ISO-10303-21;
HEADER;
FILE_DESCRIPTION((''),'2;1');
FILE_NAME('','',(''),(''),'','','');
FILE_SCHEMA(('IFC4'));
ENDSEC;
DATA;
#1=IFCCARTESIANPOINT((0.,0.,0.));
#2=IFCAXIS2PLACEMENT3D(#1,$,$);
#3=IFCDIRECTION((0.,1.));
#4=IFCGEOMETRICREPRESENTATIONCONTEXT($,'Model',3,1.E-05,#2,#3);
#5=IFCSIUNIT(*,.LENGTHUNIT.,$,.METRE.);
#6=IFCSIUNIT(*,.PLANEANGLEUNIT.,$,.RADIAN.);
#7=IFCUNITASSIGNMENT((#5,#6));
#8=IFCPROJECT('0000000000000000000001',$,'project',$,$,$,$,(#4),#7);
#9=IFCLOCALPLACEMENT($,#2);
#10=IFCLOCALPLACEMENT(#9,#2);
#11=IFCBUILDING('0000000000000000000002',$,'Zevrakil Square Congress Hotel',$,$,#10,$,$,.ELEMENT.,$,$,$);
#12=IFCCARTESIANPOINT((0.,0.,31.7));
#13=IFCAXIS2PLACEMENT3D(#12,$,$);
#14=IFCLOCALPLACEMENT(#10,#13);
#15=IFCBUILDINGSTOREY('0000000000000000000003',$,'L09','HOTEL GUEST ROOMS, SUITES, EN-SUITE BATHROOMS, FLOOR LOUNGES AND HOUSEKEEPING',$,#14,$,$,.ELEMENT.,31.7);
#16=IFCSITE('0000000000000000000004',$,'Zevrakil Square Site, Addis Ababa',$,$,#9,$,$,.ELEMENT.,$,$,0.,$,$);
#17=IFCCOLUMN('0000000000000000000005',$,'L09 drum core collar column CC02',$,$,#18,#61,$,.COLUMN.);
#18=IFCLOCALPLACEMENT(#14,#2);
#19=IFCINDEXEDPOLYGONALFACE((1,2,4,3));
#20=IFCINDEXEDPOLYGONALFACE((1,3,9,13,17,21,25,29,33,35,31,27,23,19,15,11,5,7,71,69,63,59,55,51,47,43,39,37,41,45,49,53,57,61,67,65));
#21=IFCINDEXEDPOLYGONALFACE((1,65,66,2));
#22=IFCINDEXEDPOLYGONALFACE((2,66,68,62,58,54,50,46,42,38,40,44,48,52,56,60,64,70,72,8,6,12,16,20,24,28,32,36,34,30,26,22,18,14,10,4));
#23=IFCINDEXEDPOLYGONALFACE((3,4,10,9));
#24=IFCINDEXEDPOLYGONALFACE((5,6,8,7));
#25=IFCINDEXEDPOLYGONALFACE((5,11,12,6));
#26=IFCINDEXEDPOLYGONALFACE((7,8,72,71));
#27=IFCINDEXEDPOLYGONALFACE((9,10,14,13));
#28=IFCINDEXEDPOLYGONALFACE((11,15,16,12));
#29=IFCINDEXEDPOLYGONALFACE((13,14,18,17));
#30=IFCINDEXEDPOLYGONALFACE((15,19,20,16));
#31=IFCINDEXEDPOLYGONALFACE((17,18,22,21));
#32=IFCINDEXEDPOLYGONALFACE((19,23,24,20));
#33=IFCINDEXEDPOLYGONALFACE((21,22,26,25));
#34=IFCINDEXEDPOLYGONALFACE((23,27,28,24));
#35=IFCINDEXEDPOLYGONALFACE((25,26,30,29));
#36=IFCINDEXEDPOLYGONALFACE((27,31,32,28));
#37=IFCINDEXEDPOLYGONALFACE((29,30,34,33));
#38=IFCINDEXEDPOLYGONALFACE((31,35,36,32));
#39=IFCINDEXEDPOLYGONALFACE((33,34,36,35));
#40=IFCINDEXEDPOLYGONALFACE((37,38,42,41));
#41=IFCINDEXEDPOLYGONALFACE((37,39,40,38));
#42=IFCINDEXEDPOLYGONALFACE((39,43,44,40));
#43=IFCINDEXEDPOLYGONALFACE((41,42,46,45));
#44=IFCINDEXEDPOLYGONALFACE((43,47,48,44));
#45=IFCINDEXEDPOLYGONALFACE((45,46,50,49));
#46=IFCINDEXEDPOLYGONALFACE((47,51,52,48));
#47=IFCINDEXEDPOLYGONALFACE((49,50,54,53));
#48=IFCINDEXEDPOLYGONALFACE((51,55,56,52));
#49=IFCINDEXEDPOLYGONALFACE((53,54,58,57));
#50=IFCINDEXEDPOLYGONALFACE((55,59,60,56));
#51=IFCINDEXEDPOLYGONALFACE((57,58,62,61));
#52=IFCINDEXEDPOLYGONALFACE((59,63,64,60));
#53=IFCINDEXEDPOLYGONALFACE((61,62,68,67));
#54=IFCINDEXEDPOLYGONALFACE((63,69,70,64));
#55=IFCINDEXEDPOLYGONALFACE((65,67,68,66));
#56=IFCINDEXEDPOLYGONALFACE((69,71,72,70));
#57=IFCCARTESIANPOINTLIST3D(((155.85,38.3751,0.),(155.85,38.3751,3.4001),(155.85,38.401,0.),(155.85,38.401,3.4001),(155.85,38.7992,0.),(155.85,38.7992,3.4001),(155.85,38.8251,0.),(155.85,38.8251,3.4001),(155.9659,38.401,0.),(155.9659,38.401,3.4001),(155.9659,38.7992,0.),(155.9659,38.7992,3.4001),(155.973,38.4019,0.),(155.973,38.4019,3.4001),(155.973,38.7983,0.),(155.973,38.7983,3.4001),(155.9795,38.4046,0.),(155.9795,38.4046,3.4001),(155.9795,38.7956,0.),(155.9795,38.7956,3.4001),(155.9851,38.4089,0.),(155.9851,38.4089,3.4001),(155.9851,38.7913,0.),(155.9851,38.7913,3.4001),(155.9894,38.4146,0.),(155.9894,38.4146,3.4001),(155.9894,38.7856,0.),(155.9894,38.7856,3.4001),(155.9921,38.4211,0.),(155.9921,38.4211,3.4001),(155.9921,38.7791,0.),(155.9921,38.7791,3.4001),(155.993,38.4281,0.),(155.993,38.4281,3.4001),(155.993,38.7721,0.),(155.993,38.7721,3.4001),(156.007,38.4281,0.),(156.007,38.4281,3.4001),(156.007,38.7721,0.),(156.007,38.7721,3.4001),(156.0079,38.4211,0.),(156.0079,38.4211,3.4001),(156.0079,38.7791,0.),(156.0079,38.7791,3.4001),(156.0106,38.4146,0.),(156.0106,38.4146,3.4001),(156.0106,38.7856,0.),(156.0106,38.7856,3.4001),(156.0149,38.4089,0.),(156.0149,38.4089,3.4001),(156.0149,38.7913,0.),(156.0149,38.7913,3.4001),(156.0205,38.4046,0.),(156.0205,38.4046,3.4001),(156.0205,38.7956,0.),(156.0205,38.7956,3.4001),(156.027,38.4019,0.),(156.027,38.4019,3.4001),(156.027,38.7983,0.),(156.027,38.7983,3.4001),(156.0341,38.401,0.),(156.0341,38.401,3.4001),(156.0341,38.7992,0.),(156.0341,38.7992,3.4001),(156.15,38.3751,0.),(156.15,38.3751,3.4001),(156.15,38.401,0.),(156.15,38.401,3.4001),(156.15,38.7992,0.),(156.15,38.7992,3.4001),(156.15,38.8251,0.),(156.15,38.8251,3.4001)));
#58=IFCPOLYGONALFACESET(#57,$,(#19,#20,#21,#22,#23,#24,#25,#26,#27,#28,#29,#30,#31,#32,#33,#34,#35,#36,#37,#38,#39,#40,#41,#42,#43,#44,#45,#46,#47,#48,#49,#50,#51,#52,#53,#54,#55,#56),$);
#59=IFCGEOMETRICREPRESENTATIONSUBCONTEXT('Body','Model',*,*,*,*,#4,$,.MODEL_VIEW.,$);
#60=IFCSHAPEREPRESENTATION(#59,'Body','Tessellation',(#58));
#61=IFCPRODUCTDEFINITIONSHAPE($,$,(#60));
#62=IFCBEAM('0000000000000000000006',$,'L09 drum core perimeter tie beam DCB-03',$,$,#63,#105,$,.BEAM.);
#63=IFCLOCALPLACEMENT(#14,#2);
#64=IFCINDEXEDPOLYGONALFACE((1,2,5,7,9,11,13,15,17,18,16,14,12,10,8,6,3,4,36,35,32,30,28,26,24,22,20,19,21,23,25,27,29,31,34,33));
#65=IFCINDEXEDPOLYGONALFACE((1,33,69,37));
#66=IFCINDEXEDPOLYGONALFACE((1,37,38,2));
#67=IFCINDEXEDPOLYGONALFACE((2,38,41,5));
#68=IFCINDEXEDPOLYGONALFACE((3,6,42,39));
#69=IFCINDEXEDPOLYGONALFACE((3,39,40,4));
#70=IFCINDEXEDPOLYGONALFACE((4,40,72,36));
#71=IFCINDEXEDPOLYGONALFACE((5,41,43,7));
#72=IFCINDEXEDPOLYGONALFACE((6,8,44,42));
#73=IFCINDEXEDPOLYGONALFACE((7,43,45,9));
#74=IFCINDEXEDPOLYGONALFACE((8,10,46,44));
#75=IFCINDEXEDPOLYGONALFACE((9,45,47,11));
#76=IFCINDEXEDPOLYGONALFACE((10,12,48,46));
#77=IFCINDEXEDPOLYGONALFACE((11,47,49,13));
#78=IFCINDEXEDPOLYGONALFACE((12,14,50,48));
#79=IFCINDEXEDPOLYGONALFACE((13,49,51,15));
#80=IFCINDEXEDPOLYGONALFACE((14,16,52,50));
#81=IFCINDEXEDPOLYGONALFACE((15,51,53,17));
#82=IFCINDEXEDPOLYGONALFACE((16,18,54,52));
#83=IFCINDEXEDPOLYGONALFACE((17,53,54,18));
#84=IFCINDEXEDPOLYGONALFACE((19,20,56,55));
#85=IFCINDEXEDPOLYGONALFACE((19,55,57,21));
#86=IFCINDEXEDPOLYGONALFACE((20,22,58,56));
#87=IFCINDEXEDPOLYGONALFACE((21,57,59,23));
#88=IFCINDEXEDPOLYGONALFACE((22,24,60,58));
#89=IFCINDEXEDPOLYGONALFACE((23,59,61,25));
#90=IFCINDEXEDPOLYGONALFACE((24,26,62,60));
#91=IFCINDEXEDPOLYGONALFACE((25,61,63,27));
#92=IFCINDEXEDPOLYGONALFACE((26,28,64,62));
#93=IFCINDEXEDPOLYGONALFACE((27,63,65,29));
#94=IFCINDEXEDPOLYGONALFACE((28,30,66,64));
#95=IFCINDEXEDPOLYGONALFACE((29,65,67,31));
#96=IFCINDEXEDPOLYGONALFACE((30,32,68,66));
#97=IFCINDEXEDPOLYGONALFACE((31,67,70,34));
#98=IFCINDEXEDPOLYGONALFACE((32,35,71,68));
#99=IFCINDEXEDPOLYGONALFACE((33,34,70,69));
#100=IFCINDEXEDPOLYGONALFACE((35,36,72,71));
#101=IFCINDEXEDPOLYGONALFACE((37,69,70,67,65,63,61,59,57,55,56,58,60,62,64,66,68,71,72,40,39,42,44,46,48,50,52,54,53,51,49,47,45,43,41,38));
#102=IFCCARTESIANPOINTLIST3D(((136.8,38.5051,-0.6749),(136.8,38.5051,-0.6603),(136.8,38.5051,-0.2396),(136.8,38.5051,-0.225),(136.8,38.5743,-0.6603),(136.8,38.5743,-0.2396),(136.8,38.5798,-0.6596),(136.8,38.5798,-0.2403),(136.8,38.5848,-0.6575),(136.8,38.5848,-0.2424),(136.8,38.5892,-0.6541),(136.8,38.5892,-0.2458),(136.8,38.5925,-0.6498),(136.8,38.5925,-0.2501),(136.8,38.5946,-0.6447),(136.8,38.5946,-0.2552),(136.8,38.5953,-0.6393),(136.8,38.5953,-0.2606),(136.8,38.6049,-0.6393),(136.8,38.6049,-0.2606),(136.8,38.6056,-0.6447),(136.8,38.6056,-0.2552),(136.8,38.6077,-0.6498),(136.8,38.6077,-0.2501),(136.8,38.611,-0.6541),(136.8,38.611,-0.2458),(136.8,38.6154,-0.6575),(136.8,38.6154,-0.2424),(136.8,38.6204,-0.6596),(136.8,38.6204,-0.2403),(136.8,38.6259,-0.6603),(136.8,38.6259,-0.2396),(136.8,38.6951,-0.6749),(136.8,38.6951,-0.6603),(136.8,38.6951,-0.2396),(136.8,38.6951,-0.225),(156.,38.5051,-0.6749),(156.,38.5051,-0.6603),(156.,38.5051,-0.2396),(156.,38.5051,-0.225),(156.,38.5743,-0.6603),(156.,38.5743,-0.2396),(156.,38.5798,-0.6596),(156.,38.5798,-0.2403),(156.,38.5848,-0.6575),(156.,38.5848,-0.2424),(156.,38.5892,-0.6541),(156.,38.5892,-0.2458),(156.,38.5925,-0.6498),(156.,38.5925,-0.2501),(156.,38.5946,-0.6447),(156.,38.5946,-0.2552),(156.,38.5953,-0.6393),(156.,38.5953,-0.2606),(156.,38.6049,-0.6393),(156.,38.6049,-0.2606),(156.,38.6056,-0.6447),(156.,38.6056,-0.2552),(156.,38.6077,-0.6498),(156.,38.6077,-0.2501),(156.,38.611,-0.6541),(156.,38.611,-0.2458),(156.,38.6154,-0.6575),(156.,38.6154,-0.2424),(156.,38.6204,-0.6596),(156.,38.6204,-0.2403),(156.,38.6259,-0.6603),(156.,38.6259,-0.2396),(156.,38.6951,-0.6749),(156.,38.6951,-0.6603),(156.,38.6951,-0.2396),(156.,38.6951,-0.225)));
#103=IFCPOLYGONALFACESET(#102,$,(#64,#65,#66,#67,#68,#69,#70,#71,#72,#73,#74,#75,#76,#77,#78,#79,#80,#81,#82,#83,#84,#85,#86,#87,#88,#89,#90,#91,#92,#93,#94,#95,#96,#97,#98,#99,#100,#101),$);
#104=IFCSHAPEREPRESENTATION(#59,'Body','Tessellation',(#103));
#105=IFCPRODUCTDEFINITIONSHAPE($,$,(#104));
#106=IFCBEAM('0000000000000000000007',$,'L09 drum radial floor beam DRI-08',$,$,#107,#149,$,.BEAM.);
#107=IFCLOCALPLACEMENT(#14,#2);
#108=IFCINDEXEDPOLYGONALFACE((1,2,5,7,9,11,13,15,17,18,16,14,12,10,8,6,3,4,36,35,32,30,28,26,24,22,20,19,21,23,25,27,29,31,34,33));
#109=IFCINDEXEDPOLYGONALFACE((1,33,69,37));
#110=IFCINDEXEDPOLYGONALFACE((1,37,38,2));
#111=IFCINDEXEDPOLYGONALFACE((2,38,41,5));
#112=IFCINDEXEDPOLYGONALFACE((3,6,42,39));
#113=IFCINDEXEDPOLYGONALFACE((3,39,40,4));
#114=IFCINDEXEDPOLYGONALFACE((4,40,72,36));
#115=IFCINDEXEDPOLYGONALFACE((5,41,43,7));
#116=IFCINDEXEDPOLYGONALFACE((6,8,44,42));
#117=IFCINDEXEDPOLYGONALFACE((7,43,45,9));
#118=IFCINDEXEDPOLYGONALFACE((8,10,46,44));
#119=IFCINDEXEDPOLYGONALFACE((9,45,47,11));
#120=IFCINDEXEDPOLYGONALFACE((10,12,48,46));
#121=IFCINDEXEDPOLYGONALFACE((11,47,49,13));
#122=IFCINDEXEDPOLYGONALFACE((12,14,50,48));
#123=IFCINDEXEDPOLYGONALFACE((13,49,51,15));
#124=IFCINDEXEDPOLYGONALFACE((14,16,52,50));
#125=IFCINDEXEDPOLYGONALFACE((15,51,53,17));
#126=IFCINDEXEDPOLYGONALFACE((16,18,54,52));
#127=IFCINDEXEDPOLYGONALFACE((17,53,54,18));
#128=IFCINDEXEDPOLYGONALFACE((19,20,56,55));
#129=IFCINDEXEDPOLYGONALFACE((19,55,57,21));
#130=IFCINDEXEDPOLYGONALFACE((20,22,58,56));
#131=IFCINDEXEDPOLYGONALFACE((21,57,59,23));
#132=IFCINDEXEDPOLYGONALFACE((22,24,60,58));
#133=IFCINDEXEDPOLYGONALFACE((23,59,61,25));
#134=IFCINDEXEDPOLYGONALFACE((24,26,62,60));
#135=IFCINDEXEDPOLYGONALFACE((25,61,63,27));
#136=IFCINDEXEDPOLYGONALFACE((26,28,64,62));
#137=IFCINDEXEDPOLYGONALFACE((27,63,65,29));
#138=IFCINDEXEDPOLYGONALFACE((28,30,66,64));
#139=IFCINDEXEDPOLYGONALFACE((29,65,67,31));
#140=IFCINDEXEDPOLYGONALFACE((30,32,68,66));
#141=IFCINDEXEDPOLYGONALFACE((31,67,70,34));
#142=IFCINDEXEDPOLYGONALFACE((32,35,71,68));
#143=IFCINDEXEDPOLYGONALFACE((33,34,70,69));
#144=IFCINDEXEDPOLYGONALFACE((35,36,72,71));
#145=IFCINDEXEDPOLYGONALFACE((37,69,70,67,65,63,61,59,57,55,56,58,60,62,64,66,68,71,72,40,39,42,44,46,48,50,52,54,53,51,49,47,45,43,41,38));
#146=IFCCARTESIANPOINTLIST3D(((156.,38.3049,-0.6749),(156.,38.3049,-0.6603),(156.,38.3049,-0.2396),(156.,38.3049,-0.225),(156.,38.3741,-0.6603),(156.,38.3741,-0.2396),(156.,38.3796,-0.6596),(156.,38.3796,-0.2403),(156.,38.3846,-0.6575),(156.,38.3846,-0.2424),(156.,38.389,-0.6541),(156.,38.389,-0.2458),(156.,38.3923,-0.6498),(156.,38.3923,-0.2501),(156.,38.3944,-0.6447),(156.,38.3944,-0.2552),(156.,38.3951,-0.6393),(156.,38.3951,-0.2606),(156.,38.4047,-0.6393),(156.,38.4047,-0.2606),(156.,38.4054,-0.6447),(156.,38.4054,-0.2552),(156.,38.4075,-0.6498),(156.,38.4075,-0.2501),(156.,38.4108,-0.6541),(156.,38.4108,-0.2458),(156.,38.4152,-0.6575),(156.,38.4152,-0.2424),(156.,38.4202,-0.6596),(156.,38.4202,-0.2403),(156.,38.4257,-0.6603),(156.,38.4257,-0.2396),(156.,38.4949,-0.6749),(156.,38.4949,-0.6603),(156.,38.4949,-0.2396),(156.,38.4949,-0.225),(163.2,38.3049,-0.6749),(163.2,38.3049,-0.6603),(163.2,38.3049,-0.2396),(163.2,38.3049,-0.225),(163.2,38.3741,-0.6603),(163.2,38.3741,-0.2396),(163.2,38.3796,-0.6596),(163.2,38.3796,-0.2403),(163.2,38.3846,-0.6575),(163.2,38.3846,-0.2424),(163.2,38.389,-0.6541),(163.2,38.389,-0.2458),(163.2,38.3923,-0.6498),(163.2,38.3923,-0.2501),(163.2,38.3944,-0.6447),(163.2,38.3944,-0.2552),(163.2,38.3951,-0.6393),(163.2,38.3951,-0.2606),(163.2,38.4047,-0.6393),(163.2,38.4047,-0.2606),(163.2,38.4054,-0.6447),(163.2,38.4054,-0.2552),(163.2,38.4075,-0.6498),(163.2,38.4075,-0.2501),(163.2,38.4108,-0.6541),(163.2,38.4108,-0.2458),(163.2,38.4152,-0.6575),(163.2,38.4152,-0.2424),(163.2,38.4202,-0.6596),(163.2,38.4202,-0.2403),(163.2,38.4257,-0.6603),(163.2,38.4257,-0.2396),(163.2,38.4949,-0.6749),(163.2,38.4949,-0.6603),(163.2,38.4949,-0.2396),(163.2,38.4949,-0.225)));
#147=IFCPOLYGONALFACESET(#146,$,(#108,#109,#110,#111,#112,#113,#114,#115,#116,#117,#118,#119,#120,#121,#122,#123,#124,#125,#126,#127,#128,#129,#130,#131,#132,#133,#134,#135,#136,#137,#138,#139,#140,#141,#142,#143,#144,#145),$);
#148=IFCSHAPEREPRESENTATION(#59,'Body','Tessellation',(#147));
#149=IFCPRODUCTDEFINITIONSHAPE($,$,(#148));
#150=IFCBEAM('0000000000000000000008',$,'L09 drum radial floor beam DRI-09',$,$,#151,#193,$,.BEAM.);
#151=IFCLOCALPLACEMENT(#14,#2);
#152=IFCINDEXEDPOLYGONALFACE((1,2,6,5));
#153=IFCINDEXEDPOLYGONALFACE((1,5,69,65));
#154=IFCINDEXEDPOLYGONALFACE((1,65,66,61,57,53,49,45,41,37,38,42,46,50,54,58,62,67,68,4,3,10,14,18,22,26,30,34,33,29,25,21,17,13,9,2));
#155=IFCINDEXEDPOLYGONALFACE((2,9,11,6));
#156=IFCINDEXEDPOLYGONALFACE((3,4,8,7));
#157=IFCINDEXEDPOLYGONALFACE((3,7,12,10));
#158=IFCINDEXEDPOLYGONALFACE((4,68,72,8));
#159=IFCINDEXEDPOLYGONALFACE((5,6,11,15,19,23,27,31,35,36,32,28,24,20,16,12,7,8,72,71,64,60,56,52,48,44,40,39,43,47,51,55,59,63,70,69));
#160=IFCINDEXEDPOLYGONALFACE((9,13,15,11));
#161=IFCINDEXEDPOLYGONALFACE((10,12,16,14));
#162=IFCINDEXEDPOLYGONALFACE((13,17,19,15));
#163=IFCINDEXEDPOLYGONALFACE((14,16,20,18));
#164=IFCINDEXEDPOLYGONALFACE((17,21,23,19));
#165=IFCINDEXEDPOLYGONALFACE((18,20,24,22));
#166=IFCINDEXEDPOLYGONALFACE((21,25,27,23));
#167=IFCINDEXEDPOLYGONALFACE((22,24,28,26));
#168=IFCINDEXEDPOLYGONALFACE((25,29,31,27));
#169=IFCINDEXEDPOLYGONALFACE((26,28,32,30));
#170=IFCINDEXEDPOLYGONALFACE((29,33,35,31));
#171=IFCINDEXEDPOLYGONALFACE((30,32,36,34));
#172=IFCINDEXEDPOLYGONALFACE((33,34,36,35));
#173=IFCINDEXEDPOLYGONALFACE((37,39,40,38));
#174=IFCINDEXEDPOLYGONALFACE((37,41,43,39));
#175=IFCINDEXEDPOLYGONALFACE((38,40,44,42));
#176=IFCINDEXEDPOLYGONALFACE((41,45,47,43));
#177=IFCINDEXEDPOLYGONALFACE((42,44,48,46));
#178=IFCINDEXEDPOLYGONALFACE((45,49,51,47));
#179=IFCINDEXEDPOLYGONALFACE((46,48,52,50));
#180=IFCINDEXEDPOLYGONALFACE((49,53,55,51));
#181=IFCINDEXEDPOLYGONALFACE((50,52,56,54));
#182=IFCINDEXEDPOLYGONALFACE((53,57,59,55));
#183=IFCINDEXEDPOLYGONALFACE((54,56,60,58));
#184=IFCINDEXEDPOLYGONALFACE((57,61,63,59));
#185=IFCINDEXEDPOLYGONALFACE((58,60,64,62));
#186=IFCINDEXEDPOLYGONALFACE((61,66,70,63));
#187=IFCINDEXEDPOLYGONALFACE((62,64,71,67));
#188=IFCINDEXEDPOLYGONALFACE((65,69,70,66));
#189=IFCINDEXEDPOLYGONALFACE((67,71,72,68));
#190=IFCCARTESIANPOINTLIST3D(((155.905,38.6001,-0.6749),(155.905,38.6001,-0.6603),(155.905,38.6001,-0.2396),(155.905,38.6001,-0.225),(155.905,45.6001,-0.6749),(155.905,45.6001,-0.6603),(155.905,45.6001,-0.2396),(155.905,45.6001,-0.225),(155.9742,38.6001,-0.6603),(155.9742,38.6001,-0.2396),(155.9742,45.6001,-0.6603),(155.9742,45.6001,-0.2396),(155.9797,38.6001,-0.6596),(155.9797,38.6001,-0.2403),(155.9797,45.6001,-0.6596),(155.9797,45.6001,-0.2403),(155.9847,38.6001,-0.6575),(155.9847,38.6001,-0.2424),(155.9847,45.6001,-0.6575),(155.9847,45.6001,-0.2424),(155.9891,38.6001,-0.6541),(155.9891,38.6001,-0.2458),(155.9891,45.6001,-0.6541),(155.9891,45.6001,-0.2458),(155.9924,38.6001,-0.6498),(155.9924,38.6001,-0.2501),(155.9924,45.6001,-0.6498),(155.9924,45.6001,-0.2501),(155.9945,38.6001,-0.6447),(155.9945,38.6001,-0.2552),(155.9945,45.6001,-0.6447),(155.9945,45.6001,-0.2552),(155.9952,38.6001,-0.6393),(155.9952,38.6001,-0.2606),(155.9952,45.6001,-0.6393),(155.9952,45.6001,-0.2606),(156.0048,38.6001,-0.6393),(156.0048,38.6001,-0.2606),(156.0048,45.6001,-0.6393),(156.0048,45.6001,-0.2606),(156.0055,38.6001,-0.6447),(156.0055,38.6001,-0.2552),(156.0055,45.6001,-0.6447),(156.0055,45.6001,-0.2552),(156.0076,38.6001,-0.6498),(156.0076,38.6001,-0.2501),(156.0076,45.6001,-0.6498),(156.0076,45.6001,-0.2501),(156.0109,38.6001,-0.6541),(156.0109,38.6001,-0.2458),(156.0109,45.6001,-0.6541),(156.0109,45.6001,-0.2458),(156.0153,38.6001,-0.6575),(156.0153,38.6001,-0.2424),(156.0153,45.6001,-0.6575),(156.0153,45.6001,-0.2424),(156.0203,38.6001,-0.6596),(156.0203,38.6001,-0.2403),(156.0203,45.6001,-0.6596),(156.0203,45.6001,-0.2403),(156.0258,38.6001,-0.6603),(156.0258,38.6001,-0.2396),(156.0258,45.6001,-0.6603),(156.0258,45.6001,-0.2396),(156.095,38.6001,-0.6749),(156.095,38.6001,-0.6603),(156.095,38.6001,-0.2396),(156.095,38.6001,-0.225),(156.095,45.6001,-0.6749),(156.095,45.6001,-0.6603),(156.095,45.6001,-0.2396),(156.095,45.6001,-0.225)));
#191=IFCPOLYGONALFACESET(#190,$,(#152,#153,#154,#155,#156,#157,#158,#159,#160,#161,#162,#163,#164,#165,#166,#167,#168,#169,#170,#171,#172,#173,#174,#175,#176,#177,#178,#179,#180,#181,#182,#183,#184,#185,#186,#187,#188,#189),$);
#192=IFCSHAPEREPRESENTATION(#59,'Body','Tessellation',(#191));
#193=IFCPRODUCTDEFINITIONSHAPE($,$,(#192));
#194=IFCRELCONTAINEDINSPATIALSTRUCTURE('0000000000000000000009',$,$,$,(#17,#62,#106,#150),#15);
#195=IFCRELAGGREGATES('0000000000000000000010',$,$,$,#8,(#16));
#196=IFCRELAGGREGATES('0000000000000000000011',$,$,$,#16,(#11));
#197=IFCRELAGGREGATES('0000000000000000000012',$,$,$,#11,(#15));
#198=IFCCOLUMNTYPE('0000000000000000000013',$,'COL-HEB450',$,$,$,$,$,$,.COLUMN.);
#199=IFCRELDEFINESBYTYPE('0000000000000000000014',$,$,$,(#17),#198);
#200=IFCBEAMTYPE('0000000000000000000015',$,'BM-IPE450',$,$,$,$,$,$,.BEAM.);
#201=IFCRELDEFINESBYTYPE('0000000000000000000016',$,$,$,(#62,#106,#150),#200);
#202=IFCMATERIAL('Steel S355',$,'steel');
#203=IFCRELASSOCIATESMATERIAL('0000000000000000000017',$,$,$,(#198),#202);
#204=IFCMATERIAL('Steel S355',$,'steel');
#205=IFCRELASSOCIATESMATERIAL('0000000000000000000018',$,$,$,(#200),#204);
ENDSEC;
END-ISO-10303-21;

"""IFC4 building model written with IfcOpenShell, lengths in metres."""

from ifc_helpers import new_model, si_unit, direction, frame, origin, origin_2d, place, context, subcontext, project, spatial, i_section, extrude, material, material_profile, profile_set, type_object, element, save


model = new_model("IFC4")

# Units and contexts
model_context = context("Model", 3, precision=1e-05, world=origin(), true_north=direction((0.0, 1.0)))
body_context = subcontext(model_context, "Body", "Model", "MODEL_VIEW")
ifc_project = project(units=[si_unit("LENGTHUNIT", "METRE"), si_unit("PLANEANGLEUNIT", "RADIAN")], contexts=[model_context])

# Site, building, storey
site_placement = place(None, origin())
site = spatial("IfcSite", under=ifc_project, at=site_placement, Name="Zevrakil Square Site, Addis Ababa", CompositionType="ELEMENT", RefElevation=0.0)
building_placement = place(site_placement, origin())
building = spatial("IfcBuilding", under=site, at=building_placement, Name="Zevrakil Square Congress Hotel", CompositionType="ELEMENT")
storey_placement = place(building_placement, frame((0.0, 0.0, 31.7)))
storey = spatial("IfcBuildingStorey", under=building, at=storey_placement, Name="L09", Description="HOTEL GUEST ROOMS, SUITES, EN-SUITE BATHROOMS, FLOOR LOUNGES AND HOUSEKEEPING", CompositionType="ELEMENT", Elevation=31.7)

# Column
ifc_material_1 = material(Name="Steel S355", Category="steel")
ifc_material_profile_1 = material_profile(ifc_material_1, i_section(OverallWidth=0.3, OverallDepth=0.45, WebThickness=0.0139, FlangeThickness=0.0259, FilletRadius=0.0271, at=origin_2d()), Name="HEB 450")
ifc_profile_set_1 = profile_set([ifc_material_profile_1], Name="Steel S355")
column_type = type_object("IfcColumnType", Name="COL-HEB450", PredefinedType="COLUMN", material=ifc_profile_set_1)
column_placement = place(storey_placement, frame((156.0, 38.6001, 0.0), z_axis=(0.0, 0.0, 1.0), x_axis=(1.0, 0.0, 0.0)))
element("IfcColumn", 1, at=column_placement, inside=storey, type_object=column_type, Name="L09 drum core collar column CC02", PredefinedType="COLUMN", context=body_context, shape_type="SweptSolid", body=[
    extrude(i_section(OverallWidth=0.3, OverallDepth=0.45, WebThickness=0.0139, FlangeThickness=0.0259, FilletRadius=0.0271, at=origin_2d()), origin(), (0.0, 0.0, 1.0), 3.4001),
])

# Beams
ifc_material_2 = material(Name="Steel S355", Category="steel")
ifc_material_profile_2 = material_profile(ifc_material_2, i_section(OverallWidth=0.1899, OverallDepth=0.45, WebThickness=0.0095, FlangeThickness=0.0146, FilletRadius=0.021, at=origin_2d()), Name="IPE 450")
ifc_profile_set_2 = profile_set([ifc_material_profile_2], Name="Steel S355")
beam_type = type_object("IfcBeamType", Name="BM-IPE450", PredefinedType="BEAM", material=ifc_profile_set_2)
beam_1_placement = place(storey_placement, frame((156.0, 38.6001, -0.45), z_axis=(-1.0, 0.0, 0.0), x_axis=(0.0, -1.0, 0.0)))
element("IfcBeam", 2, at=beam_1_placement, inside=storey, type_object=beam_type, Name="L09 drum core perimeter tie beam DCB-03", PredefinedType="BEAM", context=body_context, shape_type="SweptSolid", body=[
    extrude(i_section(OverallWidth=0.1899, OverallDepth=0.45, WebThickness=0.0095, FlangeThickness=0.0146, FilletRadius=0.021, at=origin_2d()), origin(), (0.0, 0.0, 1.0), 19.2),
])
beam_2_placement = place(storey_placement, frame((156.0, 38.3999, -0.45), z_axis=(1.0, 0.0, 0.0), x_axis=(0.0, 1.0, 0.0)))
element("IfcBeam", 3, at=beam_2_placement, inside=storey, type_object=beam_type, Name="L09 drum radial floor beam DRI-08", PredefinedType="BEAM", context=body_context, shape_type="SweptSolid", body=[
    extrude(i_section(OverallWidth=0.1899, OverallDepth=0.45, WebThickness=0.0095, FlangeThickness=0.0146, FilletRadius=0.021, at=origin_2d()), origin(), (0.0, 0.0, 1.0), 7.2),
])
beam_3_placement = place(storey_placement, frame((156.0, 38.6001, -0.45), z_axis=(0.0, 1.0, 0.0), x_axis=(-1.0, 0.0, 0.0)))
element("IfcBeam", 4, at=beam_3_placement, inside=storey, type_object=beam_type, Name="L09 drum radial floor beam DRI-09", PredefinedType="BEAM", context=body_context, shape_type="SweptSolid", body=[
    extrude(i_section(OverallWidth=0.1899, OverallDepth=0.45, WebThickness=0.0095, FlangeThickness=0.0146, FilletRadius=0.021, at=origin_2d()), origin(), (0.0, 0.0, 1.0), 7.0),
])

save(model, "model.ifc")
